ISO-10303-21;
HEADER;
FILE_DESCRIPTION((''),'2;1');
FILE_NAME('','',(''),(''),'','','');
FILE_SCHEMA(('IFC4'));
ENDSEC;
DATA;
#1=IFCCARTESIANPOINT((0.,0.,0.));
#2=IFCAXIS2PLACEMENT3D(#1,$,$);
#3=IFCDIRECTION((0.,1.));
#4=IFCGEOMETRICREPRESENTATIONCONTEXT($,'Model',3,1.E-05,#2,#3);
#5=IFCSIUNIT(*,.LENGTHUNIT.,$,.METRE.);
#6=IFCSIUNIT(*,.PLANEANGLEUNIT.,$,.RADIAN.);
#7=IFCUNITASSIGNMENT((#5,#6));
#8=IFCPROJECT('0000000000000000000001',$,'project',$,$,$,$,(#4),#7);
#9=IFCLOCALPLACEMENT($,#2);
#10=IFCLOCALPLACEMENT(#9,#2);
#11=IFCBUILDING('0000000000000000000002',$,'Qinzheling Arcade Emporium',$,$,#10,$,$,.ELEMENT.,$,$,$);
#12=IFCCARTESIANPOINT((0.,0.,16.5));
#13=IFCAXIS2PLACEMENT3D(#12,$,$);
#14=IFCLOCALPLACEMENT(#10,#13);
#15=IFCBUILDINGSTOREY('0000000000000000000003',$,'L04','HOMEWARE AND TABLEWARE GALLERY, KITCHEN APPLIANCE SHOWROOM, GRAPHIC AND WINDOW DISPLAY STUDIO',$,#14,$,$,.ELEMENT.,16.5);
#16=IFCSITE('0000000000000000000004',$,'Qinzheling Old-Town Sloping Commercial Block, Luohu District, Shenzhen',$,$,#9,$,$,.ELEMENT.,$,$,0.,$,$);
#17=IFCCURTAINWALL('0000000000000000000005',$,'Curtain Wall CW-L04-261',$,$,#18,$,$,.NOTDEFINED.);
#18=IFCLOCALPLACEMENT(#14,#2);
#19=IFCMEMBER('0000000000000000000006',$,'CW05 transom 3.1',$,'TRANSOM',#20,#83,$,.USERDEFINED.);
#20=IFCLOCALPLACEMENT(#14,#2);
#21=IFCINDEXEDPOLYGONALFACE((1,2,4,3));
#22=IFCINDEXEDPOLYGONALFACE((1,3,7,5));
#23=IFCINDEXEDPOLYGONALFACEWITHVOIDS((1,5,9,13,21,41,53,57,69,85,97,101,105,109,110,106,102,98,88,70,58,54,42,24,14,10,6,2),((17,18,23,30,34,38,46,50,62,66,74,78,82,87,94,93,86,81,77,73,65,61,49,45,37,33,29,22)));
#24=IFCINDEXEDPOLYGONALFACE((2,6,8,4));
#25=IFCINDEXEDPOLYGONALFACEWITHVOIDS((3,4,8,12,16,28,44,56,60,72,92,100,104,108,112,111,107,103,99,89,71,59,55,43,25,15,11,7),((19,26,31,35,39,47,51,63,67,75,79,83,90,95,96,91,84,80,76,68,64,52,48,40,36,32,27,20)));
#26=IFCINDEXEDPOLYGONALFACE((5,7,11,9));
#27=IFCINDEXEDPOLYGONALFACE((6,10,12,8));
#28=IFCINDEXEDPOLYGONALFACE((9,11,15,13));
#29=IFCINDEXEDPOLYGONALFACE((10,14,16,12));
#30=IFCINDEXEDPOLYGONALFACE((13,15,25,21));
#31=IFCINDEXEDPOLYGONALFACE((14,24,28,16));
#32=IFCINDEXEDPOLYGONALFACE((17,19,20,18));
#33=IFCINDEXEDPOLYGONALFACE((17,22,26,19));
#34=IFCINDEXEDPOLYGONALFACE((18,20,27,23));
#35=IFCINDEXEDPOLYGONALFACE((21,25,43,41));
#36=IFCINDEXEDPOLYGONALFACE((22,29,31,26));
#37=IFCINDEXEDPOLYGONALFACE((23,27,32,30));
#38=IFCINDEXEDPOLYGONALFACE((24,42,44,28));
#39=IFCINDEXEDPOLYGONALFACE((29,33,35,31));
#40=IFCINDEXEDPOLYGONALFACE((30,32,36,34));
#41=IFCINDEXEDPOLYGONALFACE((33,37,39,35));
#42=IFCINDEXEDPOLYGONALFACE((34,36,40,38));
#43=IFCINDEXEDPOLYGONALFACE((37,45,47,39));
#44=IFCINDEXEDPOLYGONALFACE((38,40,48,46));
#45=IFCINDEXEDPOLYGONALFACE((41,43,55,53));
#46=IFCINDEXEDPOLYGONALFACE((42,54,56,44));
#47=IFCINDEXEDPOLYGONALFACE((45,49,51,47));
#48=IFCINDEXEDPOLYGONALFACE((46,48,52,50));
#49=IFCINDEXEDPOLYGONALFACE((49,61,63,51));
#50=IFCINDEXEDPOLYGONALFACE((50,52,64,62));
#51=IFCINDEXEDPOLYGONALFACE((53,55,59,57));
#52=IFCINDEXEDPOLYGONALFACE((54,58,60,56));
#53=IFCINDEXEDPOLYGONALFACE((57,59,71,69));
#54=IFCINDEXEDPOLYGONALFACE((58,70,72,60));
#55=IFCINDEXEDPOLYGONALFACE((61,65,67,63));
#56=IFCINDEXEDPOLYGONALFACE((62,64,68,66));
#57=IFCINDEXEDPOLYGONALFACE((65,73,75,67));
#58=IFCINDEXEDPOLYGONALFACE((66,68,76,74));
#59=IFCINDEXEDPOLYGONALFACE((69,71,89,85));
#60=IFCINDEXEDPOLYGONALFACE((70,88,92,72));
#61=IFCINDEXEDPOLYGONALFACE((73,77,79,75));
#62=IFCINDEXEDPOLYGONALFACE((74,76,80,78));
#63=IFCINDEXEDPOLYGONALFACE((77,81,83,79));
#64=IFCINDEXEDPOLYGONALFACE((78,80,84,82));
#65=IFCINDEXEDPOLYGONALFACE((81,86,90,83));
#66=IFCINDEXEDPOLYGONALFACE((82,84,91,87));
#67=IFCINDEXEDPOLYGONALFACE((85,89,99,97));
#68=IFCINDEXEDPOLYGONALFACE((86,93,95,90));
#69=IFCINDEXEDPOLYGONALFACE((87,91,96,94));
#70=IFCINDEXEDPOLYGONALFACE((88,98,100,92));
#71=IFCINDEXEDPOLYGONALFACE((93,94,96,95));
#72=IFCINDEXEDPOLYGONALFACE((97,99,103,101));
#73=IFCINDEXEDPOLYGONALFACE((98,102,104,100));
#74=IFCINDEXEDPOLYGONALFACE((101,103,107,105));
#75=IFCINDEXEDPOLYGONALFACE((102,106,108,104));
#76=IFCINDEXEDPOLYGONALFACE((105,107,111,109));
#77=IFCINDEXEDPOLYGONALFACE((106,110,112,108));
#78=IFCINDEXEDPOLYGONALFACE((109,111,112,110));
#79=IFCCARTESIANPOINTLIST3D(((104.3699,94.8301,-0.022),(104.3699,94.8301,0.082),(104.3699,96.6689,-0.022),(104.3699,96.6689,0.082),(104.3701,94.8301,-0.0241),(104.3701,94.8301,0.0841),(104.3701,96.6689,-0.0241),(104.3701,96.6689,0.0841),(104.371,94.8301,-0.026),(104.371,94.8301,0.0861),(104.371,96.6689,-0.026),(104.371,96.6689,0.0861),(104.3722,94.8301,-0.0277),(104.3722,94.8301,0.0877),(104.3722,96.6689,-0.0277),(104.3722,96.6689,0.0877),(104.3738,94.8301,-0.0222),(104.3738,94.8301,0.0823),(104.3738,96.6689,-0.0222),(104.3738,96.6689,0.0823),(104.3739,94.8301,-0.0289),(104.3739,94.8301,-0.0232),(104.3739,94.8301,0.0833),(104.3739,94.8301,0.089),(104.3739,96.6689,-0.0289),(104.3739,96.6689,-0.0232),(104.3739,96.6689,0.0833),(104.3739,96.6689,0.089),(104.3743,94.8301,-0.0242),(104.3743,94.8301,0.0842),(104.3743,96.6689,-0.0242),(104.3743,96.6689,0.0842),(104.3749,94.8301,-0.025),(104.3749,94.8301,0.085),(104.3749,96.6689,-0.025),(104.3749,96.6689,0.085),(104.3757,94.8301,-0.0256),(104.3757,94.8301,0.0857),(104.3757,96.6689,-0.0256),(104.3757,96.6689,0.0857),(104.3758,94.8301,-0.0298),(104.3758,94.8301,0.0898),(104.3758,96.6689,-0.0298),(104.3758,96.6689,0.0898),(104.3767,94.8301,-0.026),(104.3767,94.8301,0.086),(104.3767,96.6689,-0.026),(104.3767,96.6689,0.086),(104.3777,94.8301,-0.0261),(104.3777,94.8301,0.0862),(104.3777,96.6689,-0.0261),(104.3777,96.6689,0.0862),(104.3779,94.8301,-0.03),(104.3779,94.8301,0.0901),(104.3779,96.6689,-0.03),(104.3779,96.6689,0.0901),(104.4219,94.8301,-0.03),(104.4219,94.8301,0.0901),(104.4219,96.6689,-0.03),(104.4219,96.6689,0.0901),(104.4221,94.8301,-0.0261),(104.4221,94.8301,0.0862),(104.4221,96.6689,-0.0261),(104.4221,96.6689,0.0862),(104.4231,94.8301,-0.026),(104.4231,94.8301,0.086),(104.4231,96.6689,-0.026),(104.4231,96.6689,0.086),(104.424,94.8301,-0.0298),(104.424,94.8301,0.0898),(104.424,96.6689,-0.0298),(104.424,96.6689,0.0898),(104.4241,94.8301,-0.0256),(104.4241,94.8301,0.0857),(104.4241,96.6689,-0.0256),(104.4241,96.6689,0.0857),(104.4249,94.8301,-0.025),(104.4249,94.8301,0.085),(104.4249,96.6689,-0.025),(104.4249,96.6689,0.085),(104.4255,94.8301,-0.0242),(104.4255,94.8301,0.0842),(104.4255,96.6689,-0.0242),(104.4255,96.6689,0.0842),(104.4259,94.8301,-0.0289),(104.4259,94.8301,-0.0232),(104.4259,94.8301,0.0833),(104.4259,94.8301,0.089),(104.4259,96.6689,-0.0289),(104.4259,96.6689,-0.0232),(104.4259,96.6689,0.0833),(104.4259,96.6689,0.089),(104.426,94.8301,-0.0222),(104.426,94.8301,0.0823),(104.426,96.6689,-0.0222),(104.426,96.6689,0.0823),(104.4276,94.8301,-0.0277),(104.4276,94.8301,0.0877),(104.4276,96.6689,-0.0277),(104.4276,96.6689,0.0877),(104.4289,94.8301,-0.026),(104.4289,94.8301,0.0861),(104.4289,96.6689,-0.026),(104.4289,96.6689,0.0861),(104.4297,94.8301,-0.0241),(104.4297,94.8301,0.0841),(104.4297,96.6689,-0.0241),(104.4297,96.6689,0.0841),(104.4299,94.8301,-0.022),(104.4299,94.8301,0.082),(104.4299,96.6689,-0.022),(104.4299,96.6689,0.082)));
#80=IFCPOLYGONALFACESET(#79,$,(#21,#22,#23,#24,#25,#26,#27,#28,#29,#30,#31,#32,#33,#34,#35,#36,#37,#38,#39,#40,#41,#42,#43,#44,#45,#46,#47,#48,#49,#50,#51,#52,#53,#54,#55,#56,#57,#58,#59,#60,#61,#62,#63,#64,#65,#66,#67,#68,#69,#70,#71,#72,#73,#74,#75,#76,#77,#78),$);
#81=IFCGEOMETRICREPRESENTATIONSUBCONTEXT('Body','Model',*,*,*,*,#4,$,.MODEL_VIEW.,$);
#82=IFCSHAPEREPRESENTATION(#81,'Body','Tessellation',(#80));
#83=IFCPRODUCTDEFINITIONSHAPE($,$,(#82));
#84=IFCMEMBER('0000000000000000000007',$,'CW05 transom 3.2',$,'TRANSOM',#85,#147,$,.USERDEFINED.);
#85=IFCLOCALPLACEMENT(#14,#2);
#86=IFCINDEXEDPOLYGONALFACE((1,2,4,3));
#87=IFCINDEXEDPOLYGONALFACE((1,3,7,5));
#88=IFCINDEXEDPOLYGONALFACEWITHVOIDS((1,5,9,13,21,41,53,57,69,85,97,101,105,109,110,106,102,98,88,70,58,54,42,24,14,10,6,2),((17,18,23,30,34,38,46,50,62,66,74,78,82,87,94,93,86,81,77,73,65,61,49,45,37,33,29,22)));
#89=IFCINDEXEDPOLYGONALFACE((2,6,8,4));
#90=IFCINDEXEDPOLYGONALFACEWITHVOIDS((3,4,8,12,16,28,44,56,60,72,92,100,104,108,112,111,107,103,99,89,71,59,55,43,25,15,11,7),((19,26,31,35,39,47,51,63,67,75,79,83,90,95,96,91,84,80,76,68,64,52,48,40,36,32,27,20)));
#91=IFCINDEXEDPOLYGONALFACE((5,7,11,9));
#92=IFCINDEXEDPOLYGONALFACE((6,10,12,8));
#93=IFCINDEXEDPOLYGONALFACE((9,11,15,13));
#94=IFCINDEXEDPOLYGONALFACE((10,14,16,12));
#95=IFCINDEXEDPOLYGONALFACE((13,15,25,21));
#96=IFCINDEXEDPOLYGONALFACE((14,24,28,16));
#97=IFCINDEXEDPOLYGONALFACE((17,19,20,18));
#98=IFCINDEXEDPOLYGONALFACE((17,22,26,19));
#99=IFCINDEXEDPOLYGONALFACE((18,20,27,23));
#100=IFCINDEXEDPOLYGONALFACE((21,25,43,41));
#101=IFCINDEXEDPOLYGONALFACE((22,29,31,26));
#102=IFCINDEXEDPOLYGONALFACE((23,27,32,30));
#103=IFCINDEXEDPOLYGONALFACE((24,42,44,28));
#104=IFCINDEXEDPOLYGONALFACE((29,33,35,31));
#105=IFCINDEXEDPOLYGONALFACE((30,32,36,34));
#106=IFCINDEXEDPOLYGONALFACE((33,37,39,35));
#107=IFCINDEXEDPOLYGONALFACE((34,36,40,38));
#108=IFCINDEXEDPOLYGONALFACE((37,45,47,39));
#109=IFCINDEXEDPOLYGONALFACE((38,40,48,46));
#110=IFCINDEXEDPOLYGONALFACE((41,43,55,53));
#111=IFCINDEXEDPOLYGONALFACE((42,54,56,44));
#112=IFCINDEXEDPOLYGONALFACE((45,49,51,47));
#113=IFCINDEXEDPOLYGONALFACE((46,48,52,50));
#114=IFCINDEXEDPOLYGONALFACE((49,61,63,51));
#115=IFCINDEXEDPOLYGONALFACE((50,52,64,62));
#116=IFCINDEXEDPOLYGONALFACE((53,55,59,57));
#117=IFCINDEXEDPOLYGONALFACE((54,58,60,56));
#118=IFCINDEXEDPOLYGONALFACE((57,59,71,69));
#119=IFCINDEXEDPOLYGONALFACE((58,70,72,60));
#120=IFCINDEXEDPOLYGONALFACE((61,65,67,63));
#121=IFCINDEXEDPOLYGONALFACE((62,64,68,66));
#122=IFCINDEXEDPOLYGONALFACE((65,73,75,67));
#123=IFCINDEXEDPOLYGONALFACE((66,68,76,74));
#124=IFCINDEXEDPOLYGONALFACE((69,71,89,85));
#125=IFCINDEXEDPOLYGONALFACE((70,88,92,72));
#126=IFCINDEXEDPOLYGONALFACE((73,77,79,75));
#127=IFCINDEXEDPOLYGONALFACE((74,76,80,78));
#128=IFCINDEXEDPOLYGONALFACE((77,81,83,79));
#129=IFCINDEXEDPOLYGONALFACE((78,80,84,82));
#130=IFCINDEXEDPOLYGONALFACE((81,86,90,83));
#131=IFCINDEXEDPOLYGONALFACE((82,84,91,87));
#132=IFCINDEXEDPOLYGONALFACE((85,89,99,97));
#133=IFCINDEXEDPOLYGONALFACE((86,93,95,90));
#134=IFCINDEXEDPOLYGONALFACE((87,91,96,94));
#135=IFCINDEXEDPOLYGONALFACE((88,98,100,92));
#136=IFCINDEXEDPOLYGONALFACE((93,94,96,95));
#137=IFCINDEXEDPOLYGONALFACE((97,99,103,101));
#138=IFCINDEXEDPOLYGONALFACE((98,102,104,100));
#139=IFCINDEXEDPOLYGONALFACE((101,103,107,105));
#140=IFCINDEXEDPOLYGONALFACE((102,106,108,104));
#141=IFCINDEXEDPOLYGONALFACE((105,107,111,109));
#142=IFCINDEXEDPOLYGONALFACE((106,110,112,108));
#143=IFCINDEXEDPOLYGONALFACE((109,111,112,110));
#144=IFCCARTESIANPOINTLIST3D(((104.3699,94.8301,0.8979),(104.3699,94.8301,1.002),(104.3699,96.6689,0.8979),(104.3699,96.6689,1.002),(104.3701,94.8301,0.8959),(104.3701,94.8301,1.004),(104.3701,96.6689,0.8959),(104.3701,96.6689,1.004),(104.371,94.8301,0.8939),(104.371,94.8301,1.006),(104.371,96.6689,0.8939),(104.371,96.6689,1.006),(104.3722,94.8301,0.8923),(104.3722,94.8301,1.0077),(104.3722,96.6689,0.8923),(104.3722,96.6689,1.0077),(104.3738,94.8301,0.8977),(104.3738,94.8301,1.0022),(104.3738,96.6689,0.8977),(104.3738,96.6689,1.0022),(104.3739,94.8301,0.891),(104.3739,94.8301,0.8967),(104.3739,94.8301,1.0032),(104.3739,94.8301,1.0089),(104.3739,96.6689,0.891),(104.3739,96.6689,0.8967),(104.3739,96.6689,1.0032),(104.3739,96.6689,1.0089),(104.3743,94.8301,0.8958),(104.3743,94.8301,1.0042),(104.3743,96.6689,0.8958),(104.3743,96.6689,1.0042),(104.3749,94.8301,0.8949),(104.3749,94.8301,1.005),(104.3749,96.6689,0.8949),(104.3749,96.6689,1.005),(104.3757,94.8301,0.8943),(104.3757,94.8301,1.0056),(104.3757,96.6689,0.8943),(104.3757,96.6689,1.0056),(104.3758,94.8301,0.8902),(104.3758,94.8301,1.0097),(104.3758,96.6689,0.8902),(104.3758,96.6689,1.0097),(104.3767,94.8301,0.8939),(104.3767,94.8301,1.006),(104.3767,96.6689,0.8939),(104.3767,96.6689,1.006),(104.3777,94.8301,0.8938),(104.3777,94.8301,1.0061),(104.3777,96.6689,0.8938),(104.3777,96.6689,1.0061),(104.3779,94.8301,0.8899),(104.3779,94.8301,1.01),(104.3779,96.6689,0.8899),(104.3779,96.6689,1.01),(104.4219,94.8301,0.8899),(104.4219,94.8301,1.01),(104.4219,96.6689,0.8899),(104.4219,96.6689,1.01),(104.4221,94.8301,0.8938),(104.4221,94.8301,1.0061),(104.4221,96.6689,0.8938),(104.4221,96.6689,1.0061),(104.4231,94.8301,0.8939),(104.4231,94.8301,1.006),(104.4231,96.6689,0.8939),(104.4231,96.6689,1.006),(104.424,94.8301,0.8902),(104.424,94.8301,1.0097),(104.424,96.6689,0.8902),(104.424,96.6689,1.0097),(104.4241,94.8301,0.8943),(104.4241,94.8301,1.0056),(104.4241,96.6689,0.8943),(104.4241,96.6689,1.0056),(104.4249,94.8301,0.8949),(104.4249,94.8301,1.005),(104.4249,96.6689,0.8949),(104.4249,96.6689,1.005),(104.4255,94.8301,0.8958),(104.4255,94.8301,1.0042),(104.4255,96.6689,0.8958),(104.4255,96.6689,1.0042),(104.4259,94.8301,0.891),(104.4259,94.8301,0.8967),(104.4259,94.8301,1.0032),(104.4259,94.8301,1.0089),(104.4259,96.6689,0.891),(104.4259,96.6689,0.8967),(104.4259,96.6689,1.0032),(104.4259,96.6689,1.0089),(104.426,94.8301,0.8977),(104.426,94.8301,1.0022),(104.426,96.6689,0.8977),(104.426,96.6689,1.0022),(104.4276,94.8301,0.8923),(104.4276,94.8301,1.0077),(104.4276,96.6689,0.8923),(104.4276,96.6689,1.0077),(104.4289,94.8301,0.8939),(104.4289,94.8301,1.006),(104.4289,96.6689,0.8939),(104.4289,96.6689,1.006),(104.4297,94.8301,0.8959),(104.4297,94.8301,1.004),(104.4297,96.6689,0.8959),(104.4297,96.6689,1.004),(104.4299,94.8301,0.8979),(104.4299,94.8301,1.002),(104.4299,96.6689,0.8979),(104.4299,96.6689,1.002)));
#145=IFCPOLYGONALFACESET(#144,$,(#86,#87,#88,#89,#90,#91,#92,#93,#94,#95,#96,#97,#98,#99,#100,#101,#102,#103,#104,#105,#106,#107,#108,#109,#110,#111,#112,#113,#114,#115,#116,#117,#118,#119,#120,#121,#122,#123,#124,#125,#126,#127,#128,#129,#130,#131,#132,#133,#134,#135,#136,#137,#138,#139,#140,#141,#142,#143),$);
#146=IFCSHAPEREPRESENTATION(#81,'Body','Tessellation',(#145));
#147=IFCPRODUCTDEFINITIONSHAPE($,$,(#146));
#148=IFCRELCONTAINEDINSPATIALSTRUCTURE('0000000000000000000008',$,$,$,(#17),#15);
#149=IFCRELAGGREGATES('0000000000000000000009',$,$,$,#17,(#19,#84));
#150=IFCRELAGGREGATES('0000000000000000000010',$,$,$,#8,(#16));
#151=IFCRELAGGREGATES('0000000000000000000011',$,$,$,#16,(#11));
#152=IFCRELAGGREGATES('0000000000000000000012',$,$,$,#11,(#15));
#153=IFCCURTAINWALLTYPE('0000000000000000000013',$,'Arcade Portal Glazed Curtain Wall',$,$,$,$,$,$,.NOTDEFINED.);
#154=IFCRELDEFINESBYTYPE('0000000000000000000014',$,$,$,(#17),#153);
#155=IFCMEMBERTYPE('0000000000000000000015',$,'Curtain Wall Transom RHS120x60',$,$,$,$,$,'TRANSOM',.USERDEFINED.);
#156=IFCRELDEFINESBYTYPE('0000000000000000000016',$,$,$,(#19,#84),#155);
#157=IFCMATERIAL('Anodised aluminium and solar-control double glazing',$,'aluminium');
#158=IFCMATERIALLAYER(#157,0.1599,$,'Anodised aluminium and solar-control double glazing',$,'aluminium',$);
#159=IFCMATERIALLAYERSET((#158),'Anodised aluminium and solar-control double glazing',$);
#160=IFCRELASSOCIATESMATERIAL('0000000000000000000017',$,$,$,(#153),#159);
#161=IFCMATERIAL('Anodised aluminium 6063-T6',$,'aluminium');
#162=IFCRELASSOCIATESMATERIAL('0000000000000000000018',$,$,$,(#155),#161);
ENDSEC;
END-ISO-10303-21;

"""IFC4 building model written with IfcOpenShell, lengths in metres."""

from ifc_helpers import new_model, si_unit, direction, frame, origin, origin_2d, place, context, subcontext, project, spatial, hollow_rectangle, extrude, material, layer, layer_set, material_profile, profile_set, type_object, element, aggregate, save


model = new_model("IFC4")

# Units and contexts
model_context = context("Model", 3, precision=1e-05, world=origin(), true_north=direction((0.0, 1.0)))
body_context = subcontext(model_context, "Body", "Model", "MODEL_VIEW")
ifc_project = project(units=[si_unit("LENGTHUNIT", "METRE"), si_unit("PLANEANGLEUNIT", "RADIAN")], contexts=[model_context])

# Site, building, storey
site_placement = place(None, origin())
site = spatial("IfcSite", under=ifc_project, at=site_placement, Name="Qinzheling Old-Town Sloping Commercial Block, Luohu District, Shenzhen", CompositionType="ELEMENT", RefElevation=0.0)
building_placement = place(site_placement, origin())
building = spatial("IfcBuilding", under=site, at=building_placement, Name="Qinzheling Arcade Emporium", CompositionType="ELEMENT")
storey_placement = place(building_placement, frame((0.0, 0.0, 16.5)))
storey = spatial("IfcBuildingStorey", under=building, at=storey_placement, Name="L04", Description="HOMEWARE AND TABLEWARE GALLERY, KITCHEN APPLIANCE SHOWROOM, GRAPHIC AND WINDOW DISPLAY STUDIO", CompositionType="ELEMENT", Elevation=16.5)

# Curtain wall, members
ifc_material_1 = material(Name="Anodised aluminium and solar-control double glazing", Category="aluminium")
ifc_layer_1 = layer(ifc_material_1, 0.1599, Name="Anodised aluminium and solar-control double glazing", Category="aluminium")
ifc_layer_set_1 = layer_set([ifc_layer_1], Name="Anodised aluminium and solar-control double glazing")
curtain_wall_type = type_object("IfcCurtainWallType", Name="Arcade Portal Glazed Curtain Wall", PredefinedType="NOTDEFINED", material=ifc_layer_set_1)
curtain_wall_placement = place(storey_placement, origin())
curtain_wall = element("IfcCurtainWall", 1, at=curtain_wall_placement, inside=storey, type_object=curtain_wall_type, Name="Curtain Wall CW-L04-261", PredefinedType="NOTDEFINED")
ifc_material_2 = material(Name="Anodised aluminium 6063-T6", Category="aluminium")
ifc_material_profile_1 = material_profile(ifc_material_2, hollow_rectangle(XDim=0.0601, YDim=0.1201, WallThickness=0.0039, InnerFilletRadius=0.0039, OuterFilletRadius=0.0081, at=origin_2d()), Name="RHS 120x60x4", Category="aluminium")
ifc_profile_set_1 = profile_set([ifc_material_profile_1], Name="Anodised aluminium 6063-T6")
member_type_1 = type_object("IfcMemberType", Name="Curtain Wall Transom RHS120x60", ElementType="TRANSOM", PredefinedType="USERDEFINED", material=ifc_profile_set_1)
member_1_placement = place(storey_placement, frame((104.3999, 94.8301, 0.03), z_axis=(0.0, 1.0, 0.0), x_axis=(-1.0, 0.0, 0.0)))
member_1 = element("IfcMember", 2, at=member_1_placement, type_object=member_type_1, Name="CW05 transom 3.1", ObjectType="TRANSOM", PredefinedType="USERDEFINED", context=body_context, shape_type="SweptSolid", body=[
    extrude(hollow_rectangle(XDim=0.0601, YDim=0.1201, WallThickness=0.0039, InnerFilletRadius=0.0039, OuterFilletRadius=0.0081, at=origin_2d()), origin(), (0.0, 0.0, 1.0), 1.8389),
])
member_2_placement = place(storey_placement, frame((104.3999, 94.8301, 0.95), z_axis=(0.0, 1.0, 0.0), x_axis=(-1.0, 0.0, 0.0)))
member_2 = element("IfcMember", 3, at=member_2_placement, type_object=member_type_1, Name="CW05 transom 3.2", ObjectType="TRANSOM", PredefinedType="USERDEFINED", context=body_context, shape_type="SweptSolid", body=[
    extrude(hollow_rectangle(XDim=0.0601, YDim=0.1201, WallThickness=0.0039, InnerFilletRadius=0.0039, OuterFilletRadius=0.0081, at=origin_2d()), origin(), (0.0, 0.0, 1.0), 1.8389),
])
aggregate(curtain_wall, [member_1, member_2])

save(model, "model.ifc")
